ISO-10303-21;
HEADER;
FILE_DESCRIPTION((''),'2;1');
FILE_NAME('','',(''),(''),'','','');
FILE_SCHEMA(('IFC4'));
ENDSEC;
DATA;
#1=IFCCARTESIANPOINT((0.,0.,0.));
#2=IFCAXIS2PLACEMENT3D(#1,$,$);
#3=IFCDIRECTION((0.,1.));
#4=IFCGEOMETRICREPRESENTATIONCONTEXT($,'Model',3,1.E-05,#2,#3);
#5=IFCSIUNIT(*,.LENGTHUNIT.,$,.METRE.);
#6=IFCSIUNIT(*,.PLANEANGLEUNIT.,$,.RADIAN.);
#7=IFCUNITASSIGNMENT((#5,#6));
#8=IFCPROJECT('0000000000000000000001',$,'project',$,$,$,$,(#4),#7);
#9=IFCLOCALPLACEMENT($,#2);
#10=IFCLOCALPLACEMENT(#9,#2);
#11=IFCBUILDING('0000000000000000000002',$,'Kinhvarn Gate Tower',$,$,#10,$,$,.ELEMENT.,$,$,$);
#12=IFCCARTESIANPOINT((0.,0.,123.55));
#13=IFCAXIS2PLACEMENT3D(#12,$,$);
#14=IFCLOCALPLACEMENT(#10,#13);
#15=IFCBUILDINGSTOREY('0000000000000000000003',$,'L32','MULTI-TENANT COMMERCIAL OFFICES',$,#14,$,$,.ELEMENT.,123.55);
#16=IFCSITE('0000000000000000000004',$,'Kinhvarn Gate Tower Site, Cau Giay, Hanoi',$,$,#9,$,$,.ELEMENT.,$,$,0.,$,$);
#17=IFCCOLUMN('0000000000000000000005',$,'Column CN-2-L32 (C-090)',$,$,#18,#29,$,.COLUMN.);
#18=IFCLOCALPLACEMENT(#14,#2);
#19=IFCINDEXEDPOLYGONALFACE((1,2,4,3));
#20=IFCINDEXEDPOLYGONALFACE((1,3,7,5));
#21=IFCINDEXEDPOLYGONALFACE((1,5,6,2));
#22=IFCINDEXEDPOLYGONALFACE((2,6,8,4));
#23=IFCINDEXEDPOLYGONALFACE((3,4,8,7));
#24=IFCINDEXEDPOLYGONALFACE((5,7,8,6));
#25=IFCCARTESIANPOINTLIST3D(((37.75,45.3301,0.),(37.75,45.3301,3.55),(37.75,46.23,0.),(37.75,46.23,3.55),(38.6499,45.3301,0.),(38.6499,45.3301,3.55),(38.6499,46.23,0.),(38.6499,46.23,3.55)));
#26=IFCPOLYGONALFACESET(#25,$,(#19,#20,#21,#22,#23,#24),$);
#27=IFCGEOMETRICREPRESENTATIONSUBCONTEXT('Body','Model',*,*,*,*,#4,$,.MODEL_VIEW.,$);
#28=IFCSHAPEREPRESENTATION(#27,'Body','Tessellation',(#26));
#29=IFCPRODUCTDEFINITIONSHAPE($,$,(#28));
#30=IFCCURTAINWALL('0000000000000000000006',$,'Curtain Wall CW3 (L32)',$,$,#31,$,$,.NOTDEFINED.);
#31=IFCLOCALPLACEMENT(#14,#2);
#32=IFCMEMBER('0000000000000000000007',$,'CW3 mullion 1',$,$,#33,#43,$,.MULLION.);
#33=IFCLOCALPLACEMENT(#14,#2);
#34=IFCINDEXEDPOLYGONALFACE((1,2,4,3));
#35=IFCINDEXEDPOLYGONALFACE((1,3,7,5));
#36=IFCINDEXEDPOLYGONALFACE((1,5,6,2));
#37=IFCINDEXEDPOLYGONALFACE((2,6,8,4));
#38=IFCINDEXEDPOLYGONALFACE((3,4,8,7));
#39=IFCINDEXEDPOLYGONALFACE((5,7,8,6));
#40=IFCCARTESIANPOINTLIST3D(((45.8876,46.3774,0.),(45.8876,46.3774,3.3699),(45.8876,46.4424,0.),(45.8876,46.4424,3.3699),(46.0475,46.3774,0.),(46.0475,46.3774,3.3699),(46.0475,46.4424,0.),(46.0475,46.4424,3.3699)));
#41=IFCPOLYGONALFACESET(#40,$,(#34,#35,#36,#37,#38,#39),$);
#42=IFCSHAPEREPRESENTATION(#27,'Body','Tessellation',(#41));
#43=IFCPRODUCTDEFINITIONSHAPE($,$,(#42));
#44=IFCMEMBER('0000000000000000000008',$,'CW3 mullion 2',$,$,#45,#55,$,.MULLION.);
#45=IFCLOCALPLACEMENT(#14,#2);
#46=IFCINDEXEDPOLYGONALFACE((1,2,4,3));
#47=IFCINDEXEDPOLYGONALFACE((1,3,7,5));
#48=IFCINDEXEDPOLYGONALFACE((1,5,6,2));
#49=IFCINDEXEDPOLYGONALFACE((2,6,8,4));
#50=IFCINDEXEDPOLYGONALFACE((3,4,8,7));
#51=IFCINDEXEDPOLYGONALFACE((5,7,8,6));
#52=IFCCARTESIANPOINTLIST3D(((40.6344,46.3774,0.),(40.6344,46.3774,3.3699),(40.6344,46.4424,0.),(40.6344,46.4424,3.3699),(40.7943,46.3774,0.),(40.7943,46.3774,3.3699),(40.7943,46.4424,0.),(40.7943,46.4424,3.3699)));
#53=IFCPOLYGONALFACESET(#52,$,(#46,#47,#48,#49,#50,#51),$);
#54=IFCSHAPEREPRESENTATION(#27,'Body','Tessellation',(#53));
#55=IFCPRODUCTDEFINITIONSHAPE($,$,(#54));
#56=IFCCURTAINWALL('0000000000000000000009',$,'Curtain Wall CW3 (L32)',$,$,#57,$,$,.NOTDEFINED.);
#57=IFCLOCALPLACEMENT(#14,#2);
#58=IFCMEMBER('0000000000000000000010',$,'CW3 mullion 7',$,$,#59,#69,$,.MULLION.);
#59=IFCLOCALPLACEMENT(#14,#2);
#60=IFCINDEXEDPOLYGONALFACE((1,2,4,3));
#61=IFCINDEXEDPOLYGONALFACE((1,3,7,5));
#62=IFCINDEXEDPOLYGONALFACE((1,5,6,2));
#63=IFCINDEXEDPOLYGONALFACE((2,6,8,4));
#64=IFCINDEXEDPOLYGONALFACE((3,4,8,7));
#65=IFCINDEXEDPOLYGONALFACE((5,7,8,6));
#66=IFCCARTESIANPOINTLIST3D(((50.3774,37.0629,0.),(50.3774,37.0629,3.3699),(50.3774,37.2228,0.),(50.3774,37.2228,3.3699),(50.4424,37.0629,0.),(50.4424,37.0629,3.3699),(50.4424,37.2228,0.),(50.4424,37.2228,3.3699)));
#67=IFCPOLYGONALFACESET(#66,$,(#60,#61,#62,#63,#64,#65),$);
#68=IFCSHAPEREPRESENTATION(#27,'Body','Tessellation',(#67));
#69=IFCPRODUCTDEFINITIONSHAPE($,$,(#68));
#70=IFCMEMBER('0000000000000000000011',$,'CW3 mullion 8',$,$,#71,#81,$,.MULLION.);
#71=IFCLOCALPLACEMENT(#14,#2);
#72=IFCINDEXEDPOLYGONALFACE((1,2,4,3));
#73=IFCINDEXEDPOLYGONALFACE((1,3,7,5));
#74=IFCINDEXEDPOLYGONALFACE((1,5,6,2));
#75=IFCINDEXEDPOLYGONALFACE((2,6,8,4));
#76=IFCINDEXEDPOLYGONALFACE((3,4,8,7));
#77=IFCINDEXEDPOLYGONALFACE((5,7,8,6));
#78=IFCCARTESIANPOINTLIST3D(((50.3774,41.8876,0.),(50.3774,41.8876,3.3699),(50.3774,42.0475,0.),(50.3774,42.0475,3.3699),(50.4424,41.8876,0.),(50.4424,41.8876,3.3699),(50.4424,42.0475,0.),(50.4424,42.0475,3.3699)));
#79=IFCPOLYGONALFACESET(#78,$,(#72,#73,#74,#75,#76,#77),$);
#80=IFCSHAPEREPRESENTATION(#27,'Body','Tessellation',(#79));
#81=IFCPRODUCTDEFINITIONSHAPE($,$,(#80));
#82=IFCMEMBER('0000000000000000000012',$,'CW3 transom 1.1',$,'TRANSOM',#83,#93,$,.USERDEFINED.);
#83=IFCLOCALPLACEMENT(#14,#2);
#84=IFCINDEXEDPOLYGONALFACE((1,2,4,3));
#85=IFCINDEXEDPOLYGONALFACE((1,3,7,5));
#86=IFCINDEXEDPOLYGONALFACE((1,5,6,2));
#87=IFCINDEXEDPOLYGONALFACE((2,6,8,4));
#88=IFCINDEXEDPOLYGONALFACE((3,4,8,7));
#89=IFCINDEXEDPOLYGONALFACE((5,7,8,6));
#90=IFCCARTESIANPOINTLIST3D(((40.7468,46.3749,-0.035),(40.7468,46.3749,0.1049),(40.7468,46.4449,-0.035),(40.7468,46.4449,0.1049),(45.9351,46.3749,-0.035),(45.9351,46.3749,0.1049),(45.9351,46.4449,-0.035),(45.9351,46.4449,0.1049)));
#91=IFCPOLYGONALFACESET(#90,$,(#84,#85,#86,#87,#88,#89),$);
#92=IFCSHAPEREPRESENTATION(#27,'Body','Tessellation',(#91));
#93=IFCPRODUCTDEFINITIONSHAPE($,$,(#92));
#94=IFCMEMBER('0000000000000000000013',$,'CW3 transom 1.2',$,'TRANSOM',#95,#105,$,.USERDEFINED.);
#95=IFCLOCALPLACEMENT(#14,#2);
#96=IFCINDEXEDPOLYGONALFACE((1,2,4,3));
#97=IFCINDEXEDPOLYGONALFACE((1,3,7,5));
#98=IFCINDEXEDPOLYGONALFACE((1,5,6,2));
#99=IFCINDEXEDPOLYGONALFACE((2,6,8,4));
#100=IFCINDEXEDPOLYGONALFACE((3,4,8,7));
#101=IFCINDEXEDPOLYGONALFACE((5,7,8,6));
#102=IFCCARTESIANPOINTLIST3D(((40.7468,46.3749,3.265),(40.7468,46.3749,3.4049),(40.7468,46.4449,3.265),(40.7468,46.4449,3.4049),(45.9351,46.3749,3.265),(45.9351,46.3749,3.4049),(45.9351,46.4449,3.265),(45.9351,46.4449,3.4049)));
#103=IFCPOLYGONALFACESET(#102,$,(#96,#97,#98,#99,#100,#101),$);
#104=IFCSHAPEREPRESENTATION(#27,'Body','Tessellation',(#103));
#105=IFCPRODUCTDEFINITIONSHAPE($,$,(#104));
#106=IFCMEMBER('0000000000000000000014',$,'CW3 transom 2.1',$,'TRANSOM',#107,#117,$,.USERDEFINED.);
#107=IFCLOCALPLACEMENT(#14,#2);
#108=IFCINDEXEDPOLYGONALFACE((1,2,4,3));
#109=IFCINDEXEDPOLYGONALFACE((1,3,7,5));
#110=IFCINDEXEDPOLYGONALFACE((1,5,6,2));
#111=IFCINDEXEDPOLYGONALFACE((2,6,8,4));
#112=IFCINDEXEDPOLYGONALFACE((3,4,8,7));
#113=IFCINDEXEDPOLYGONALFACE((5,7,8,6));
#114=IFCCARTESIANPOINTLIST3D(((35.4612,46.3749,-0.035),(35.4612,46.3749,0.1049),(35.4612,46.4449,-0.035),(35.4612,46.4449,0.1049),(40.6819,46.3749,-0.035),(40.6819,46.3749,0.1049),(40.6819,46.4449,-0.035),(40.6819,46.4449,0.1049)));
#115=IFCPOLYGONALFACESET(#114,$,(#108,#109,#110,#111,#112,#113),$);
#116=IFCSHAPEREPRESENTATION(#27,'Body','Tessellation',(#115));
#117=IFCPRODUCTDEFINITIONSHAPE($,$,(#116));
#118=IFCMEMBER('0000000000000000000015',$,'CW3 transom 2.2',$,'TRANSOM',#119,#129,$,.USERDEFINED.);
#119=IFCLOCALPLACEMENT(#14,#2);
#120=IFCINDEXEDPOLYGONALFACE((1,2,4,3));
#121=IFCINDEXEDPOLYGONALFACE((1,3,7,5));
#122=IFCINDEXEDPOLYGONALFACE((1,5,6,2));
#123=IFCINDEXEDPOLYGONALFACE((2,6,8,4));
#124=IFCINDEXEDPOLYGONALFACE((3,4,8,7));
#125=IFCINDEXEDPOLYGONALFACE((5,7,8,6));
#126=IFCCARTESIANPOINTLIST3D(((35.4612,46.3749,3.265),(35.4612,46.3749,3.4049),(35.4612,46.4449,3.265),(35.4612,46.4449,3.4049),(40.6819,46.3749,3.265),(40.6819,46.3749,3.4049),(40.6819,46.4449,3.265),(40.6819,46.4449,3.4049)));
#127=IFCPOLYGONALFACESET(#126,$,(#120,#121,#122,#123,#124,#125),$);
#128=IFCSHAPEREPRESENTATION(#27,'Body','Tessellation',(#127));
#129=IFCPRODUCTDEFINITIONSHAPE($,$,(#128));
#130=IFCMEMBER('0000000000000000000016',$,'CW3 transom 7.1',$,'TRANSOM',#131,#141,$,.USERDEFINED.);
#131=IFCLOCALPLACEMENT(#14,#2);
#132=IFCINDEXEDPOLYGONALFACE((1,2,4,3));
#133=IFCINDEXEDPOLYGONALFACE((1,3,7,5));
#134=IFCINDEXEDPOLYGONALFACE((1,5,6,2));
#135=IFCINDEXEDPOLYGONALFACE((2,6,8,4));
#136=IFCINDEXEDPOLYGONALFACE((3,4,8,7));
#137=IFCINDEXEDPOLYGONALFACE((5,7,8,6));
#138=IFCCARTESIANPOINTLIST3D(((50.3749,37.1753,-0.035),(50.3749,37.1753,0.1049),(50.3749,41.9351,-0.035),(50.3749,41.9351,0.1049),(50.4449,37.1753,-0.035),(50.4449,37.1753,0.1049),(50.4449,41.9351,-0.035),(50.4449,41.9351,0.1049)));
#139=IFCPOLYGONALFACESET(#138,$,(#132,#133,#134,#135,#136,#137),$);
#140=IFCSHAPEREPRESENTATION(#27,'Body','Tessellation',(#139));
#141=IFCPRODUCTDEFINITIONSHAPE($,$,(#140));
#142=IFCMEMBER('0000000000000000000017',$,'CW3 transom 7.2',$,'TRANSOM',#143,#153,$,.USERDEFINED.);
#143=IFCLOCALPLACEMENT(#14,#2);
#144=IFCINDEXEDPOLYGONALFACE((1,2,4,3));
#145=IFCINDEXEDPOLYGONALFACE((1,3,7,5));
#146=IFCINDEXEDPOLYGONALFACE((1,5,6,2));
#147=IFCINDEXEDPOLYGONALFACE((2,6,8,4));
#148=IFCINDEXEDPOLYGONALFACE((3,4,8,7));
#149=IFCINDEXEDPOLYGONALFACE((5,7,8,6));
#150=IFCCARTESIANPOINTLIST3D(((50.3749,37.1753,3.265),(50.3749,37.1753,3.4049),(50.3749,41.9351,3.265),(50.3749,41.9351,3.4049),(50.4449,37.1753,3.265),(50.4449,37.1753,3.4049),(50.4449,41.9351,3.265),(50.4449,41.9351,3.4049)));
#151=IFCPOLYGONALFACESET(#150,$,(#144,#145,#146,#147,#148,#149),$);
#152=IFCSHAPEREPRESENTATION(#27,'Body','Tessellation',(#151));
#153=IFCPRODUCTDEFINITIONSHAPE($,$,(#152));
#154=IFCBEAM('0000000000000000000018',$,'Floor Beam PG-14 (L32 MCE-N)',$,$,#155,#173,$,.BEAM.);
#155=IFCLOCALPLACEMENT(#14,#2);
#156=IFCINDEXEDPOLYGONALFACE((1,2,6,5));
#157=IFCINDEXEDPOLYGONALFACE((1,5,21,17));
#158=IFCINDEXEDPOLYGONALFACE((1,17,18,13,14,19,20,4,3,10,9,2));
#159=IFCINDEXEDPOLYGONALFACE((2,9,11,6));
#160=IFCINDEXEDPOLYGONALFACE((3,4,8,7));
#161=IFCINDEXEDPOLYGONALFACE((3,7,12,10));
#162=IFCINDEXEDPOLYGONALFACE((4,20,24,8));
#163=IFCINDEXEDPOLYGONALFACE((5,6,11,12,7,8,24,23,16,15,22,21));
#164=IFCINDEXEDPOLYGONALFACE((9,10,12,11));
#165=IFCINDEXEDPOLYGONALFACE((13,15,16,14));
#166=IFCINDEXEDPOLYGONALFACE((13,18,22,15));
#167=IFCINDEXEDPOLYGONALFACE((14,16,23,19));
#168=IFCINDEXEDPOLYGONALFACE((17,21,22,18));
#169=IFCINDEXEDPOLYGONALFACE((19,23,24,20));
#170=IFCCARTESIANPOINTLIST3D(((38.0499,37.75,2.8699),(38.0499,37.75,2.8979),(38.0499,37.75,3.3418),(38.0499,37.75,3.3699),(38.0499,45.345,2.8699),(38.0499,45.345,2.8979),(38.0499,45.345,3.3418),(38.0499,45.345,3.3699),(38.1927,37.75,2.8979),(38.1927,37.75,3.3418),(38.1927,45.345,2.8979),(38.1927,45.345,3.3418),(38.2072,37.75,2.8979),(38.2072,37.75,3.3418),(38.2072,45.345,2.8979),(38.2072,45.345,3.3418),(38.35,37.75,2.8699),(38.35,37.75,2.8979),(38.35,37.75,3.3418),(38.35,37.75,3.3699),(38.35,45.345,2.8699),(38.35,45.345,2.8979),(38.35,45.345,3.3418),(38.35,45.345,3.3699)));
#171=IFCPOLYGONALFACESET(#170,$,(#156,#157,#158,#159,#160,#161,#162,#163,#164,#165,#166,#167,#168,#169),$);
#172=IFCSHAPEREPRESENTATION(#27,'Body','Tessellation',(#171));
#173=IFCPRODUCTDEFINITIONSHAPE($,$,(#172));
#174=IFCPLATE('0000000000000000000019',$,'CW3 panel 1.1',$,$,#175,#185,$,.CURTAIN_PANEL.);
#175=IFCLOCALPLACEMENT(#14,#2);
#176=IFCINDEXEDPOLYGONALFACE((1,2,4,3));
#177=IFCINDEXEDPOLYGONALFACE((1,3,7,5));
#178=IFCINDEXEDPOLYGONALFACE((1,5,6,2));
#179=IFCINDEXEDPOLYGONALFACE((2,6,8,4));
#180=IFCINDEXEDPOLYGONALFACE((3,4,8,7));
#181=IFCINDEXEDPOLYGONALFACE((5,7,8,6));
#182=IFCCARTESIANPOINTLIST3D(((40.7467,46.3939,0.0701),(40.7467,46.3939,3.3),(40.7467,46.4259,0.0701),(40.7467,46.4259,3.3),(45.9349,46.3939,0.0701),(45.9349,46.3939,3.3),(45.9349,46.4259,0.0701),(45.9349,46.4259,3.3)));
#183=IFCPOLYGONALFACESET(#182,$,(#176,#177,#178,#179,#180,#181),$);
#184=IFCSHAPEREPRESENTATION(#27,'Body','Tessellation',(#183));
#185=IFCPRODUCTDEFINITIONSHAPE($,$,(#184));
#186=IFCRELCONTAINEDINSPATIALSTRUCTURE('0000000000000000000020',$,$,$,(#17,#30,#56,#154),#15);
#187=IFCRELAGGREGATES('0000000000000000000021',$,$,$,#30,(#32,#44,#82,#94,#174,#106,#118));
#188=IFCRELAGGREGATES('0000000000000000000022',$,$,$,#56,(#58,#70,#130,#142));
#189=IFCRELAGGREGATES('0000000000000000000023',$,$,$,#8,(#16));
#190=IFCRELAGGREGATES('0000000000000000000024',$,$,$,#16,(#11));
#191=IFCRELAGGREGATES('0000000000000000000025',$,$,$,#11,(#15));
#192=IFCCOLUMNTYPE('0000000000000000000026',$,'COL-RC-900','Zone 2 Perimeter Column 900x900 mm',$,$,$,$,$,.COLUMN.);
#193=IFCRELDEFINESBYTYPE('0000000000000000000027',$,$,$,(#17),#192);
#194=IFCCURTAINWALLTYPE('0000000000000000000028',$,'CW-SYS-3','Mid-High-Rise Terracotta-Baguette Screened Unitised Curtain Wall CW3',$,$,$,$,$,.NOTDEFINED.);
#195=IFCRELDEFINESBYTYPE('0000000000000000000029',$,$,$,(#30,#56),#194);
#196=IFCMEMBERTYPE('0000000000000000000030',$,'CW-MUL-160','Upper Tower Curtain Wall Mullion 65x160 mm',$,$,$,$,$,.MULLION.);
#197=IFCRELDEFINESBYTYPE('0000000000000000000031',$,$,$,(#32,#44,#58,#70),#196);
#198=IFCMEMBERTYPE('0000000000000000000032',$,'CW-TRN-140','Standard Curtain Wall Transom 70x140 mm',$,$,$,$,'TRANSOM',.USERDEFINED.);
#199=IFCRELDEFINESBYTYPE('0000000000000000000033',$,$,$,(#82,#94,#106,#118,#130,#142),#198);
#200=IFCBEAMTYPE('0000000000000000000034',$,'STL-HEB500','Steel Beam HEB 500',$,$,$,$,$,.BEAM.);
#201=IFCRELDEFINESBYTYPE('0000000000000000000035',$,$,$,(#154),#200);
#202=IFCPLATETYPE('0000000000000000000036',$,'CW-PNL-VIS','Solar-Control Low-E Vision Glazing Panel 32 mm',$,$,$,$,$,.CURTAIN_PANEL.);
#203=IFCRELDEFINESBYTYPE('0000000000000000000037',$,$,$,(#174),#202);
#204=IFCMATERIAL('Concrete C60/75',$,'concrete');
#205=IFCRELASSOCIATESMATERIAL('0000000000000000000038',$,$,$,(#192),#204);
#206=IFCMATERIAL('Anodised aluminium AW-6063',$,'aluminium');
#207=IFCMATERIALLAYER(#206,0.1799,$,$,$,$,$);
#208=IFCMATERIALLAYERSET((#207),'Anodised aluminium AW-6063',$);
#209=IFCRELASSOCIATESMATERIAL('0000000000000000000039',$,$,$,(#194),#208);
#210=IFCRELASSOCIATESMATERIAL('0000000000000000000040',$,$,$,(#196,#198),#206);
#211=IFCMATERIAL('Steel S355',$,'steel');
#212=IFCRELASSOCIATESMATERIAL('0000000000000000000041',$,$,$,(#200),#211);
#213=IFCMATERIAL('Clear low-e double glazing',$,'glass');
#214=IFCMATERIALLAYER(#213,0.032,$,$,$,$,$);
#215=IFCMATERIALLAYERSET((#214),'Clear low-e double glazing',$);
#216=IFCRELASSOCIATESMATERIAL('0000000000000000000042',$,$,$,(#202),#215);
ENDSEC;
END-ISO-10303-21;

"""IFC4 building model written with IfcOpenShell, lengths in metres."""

from ifc_helpers import new_model, si_unit, direction, frame, origin, origin_2d, place, context, subcontext, project, spatial, rectangle, i_section, extrude, material, layer, layer_set, material_profile, profile_set, type_object, element, aggregate, save


model = new_model("IFC4")

# Units and contexts
model_context = context("Model", 3, precision=1e-05, world=origin(), true_north=direction((0.0, 1.0)))
body_context = subcontext(model_context, "Body", "Model", "MODEL_VIEW")
ifc_project = project(units=[si_unit("LENGTHUNIT", "METRE"), si_unit("PLANEANGLEUNIT", "RADIAN")], contexts=[model_context])

# Site, building, storey
site_placement = place(None, origin())
site = spatial("IfcSite", under=ifc_project, at=site_placement, Name="Kinhvarn Gate Tower Site, Cau Giay, Hanoi", CompositionType="ELEMENT", RefElevation=0.0)
building_placement = place(site_placement, origin())
building = spatial("IfcBuilding", under=site, at=building_placement, Name="Kinhvarn Gate Tower", CompositionType="ELEMENT")
storey_placement = place(building_placement, frame((0.0, 0.0, 123.55)))
storey = spatial("IfcBuildingStorey", under=building, at=storey_placement, Name="L32", Description="MULTI-TENANT COMMERCIAL OFFICES", CompositionType="ELEMENT", Elevation=123.55)

# Column
ifc_material_1 = material(Name="Concrete C60/75", Category="concrete")
ifc_material_profile_1 = material_profile(ifc_material_1, rectangle(XDim=0.8999, YDim=0.8999, at=origin_2d()), Name="RC 900x900")
ifc_profile_set_1 = profile_set([ifc_material_profile_1], Name="Concrete C60/75")
column_type = type_object("IfcColumnType", Name="COL-RC-900", Description="Zone 2 Perimeter Column 900x900 mm", PredefinedType="COLUMN", material=ifc_profile_set_1)
column_placement = place(storey_placement, frame((38.2, 45.78, 0.0), z_axis=(0.0, 0.0, 1.0), x_axis=(1.0, 0.0, 0.0)))
element("IfcColumn", 1, at=column_placement, inside=storey, type_object=column_type, Name="Column CN-2-L32 (C-090)", PredefinedType="COLUMN", context=body_context, shape_type="SweptSolid", body=[
    extrude(rectangle(XDim=0.8999, YDim=0.8999, at=origin_2d()), origin(), (0.0, 0.0, 1.0), 3.55),
])

# Curtain walls, members
ifc_material_2 = material(Name="Anodised aluminium AW-6063", Category="aluminium")
ifc_layer_1 = layer(ifc_material_2, 0.1799)
ifc_layer_set_1 = layer_set([ifc_layer_1], Name="Anodised aluminium AW-6063")
curtain_wall_type = type_object("IfcCurtainWallType", Name="CW-SYS-3", Description="Mid-High-Rise Terracotta-Baguette Screened Unitised Curtain Wall CW3", PredefinedType="NOTDEFINED", material=ifc_layer_set_1)
curtain_wall_1_placement = place(storey_placement, origin())
curtain_wall_1 = element("IfcCurtainWall", 2, at=curtain_wall_1_placement, inside=storey, type_object=curtain_wall_type, Name="Curtain Wall CW3 (L32)", PredefinedType="NOTDEFINED")
ifc_material_profile_2 = material_profile(ifc_material_2, rectangle(XDim=0.0649, YDim=0.1599, at=origin_2d()), Name="ALU 65x160")
ifc_profile_set_2 = profile_set([ifc_material_profile_2], Name="Anodised aluminium AW-6063")
member_type_1 = type_object("IfcMemberType", Name="CW-MUL-160", Description="Upper Tower Curtain Wall Mullion 65x160 mm", PredefinedType="MULLION", material=ifc_profile_set_2)
member_1_placement = place(storey_placement, frame((45.9675, 46.4099, 0.0), z_axis=(0.0, 0.0, 1.0), x_axis=(0.0, -1.0, 0.0)))
member_1 = element("IfcMember", 3, at=member_1_placement, type_object=member_type_1, Name="CW3 mullion 1", PredefinedType="MULLION", context=body_context, shape_type="SweptSolid", body=[
    extrude(rectangle(XDim=0.0649, YDim=0.1599, at=origin_2d()), origin(), (0.0, 0.0, 1.0), 3.3699),
])
member_2_placement = place(storey_placement, frame((40.7144, 46.4099, 0.0), z_axis=(0.0, 0.0, 1.0), x_axis=(0.0, -1.0, 0.0)))
member_2 = element("IfcMember", 4, at=member_2_placement, type_object=member_type_1, Name="CW3 mullion 2", PredefinedType="MULLION", context=body_context, shape_type="SweptSolid", body=[
    extrude(rectangle(XDim=0.0649, YDim=0.1599, at=origin_2d()), origin(), (0.0, 0.0, 1.0), 3.3699),
])
curtain_wall_2_placement = place(storey_placement, origin())
curtain_wall_2 = element("IfcCurtainWall", 5, at=curtain_wall_2_placement, inside=storey, type_object=curtain_wall_type, Name="Curtain Wall CW3 (L32)", PredefinedType="NOTDEFINED")
member_3_placement = place(storey_placement, frame((50.4099, 37.1428, 0.0), z_axis=(0.0, 0.0, 1.0), x_axis=(-1.0, 0.0, 0.0)))
member_3 = element("IfcMember", 6, at=member_3_placement, type_object=member_type_1, Name="CW3 mullion 7", PredefinedType="MULLION", context=body_context, shape_type="SweptSolid", body=[
    extrude(rectangle(XDim=0.0649, YDim=0.1599, at=origin_2d()), origin(), (0.0, 0.0, 1.0), 3.3699),
])
member_4_placement = place(storey_placement, frame((50.4099, 41.9675, 0.0), z_axis=(0.0, 0.0, 1.0), x_axis=(-1.0, 0.0, 0.0)))
member_4 = element("IfcMember", 7, at=member_4_placement, type_object=member_type_1, Name="CW3 mullion 8", PredefinedType="MULLION", context=body_context, shape_type="SweptSolid", body=[
    extrude(rectangle(XDim=0.0649, YDim=0.1599, at=origin_2d()), origin(), (0.0, 0.0, 1.0), 3.3699),
])

# Members
ifc_material_profile_3 = material_profile(ifc_material_2, rectangle(XDim=0.0701, YDim=0.1399, at=origin_2d()), Name="ALU 70x140")
ifc_profile_set_3 = profile_set([ifc_material_profile_3], Name="Anodised aluminium AW-6063")
member_type_2 = type_object("IfcMemberType", Name="CW-TRN-140", Description="Standard Curtain Wall Transom 70x140 mm", ElementType="TRANSOM", PredefinedType="USERDEFINED", material=ifc_profile_set_3)
member_5_placement = place(storey_placement, frame((45.9351, 46.4099, 0.0349), z_axis=(-1.0, 0.0, 0.0), x_axis=(0.0, -1.0, 0.0)))
member_5 = element("IfcMember", 8, at=member_5_placement, type_object=member_type_2, Name="CW3 transom 1.1", ObjectType="TRANSOM", PredefinedType="USERDEFINED", context=body_context, shape_type="SweptSolid", body=[
    extrude(rectangle(XDim=0.0701, YDim=0.1399, at=origin_2d()), origin(), (0.0, 0.0, 1.0), 5.1882),
])
member_6_placement = place(storey_placement, frame((45.9351, 46.4099, 3.335), z_axis=(-1.0, 0.0, 0.0), x_axis=(0.0, -1.0, 0.0)))
member_6 = element("IfcMember", 9, at=member_6_placement, type_object=member_type_2, Name="CW3 transom 1.2", ObjectType="TRANSOM", PredefinedType="USERDEFINED", context=body_context, shape_type="SweptSolid", body=[
    extrude(rectangle(XDim=0.0701, YDim=0.1399, at=origin_2d()), origin(), (0.0, 0.0, 1.0), 5.1882),
])
member_7_placement = place(storey_placement, frame((40.6819, 46.4099, 0.0349), z_axis=(-1.0, 0.0, 0.0), x_axis=(0.0, -1.0, 0.0)))
member_7 = element("IfcMember", 10, at=member_7_placement, type_object=member_type_2, Name="CW3 transom 2.1", ObjectType="TRANSOM", PredefinedType="USERDEFINED", context=body_context, shape_type="SweptSolid", body=[
    extrude(rectangle(XDim=0.0701, YDim=0.1399, at=origin_2d()), origin(), (0.0, 0.0, 1.0), 5.2207),
])
member_8_placement = place(storey_placement, frame((40.6819, 46.4099, 3.335), z_axis=(-1.0, 0.0, 0.0), x_axis=(0.0, -1.0, 0.0)))
member_8 = element("IfcMember", 11, at=member_8_placement, type_object=member_type_2, Name="CW3 transom 2.2", ObjectType="TRANSOM", PredefinedType="USERDEFINED", context=body_context, shape_type="SweptSolid", body=[
    extrude(rectangle(XDim=0.0701, YDim=0.1399, at=origin_2d()), origin(), (0.0, 0.0, 1.0), 5.2207),
])
member_9_placement = place(storey_placement, frame((50.4099, 37.1753, 0.0349), z_axis=(0.0, 1.0, 0.0), x_axis=(-1.0, 0.0, 0.0)))
member_9 = element("IfcMember", 12, at=member_9_placement, type_object=member_type_2, Name="CW3 transom 7.1", ObjectType="TRANSOM", PredefinedType="USERDEFINED", context=body_context, shape_type="SweptSolid", body=[
    extrude(rectangle(XDim=0.0701, YDim=0.1399, at=origin_2d()), origin(), (0.0, 0.0, 1.0), 4.7598),
])
member_10_placement = place(storey_placement, frame((50.4099, 37.1753, 3.335), z_axis=(0.0, 1.0, 0.0), x_axis=(-1.0, 0.0, 0.0)))
member_10 = element("IfcMember", 13, at=member_10_placement, type_object=member_type_2, Name="CW3 transom 7.2", ObjectType="TRANSOM", PredefinedType="USERDEFINED", context=body_context, shape_type="SweptSolid", body=[
    extrude(rectangle(XDim=0.0701, YDim=0.1399, at=origin_2d()), origin(), (0.0, 0.0, 1.0), 4.7598),
])

# Beam
ifc_material_3 = material(Name="Steel S355", Category="steel")
ifc_material_profile_4 = material_profile(ifc_material_3, i_section(OverallWidth=0.3, OverallDepth=0.5, WebThickness=0.0144, FlangeThickness=0.0281, at=origin_2d()), Name="HEB 500")
ifc_profile_set_4 = profile_set([ifc_material_profile_4], Name="Steel S355")
beam_type = type_object("IfcBeamType", Name="STL-HEB500", Description="Steel Beam HEB 500", PredefinedType="BEAM", material=ifc_profile_set_4)
beam_placement = place(storey_placement, frame((38.2, 37.75, 3.1199), z_axis=(0.0, 1.0, 0.0), x_axis=(-1.0, 0.0, 0.0)))
element("IfcBeam", 14, at=beam_placement, inside=storey, type_object=beam_type, Name="Floor Beam PG-14 (L32 MCE-N)", PredefinedType="BEAM", context=body_context, shape_type="SweptSolid", body=[
    extrude(i_section(OverallWidth=0.3, OverallDepth=0.5, WebThickness=0.0144, FlangeThickness=0.0281, at=origin_2d()), origin(), (0.0, 0.0, 1.0), 7.595),
])

# Plate
ifc_material_4 = material(Name="Clear low-e double glazing", Category="glass")
ifc_layer_2 = layer(ifc_material_4, 0.032)
ifc_layer_set_2 = layer_set([ifc_layer_2], Name="Clear low-e double glazing")
plate_type = type_object("IfcPlateType", Name="CW-PNL-VIS", Description="Solar-Control Low-E Vision Glazing Panel 32 mm", PredefinedType="CURTAIN_PANEL", material=ifc_layer_set_2)
plate_1_placement = place(storey_placement, frame((43.3408, 46.4099, 0.0701), z_axis=(0.0, 0.0, 1.0), x_axis=(-1.0, 0.0, 0.0)))
plate_1 = element("IfcPlate", 15, at=plate_1_placement, type_object=plate_type, Name="CW3 panel 1.1", PredefinedType="CURTAIN_PANEL", context=body_context, shape_type="SweptSolid", body=[
    extrude(rectangle(XDim=5.1882, YDim=0.032, at=origin_2d()), origin(), (0.0, 0.0, 1.0), 3.23),
])
aggregate(curtain_wall_1, [member_1, member_2, member_5, member_6, plate_1, member_7, member_8])
aggregate(curtain_wall_2, [member_3, member_4, member_9, member_10])

save(model, "model.ifc")
